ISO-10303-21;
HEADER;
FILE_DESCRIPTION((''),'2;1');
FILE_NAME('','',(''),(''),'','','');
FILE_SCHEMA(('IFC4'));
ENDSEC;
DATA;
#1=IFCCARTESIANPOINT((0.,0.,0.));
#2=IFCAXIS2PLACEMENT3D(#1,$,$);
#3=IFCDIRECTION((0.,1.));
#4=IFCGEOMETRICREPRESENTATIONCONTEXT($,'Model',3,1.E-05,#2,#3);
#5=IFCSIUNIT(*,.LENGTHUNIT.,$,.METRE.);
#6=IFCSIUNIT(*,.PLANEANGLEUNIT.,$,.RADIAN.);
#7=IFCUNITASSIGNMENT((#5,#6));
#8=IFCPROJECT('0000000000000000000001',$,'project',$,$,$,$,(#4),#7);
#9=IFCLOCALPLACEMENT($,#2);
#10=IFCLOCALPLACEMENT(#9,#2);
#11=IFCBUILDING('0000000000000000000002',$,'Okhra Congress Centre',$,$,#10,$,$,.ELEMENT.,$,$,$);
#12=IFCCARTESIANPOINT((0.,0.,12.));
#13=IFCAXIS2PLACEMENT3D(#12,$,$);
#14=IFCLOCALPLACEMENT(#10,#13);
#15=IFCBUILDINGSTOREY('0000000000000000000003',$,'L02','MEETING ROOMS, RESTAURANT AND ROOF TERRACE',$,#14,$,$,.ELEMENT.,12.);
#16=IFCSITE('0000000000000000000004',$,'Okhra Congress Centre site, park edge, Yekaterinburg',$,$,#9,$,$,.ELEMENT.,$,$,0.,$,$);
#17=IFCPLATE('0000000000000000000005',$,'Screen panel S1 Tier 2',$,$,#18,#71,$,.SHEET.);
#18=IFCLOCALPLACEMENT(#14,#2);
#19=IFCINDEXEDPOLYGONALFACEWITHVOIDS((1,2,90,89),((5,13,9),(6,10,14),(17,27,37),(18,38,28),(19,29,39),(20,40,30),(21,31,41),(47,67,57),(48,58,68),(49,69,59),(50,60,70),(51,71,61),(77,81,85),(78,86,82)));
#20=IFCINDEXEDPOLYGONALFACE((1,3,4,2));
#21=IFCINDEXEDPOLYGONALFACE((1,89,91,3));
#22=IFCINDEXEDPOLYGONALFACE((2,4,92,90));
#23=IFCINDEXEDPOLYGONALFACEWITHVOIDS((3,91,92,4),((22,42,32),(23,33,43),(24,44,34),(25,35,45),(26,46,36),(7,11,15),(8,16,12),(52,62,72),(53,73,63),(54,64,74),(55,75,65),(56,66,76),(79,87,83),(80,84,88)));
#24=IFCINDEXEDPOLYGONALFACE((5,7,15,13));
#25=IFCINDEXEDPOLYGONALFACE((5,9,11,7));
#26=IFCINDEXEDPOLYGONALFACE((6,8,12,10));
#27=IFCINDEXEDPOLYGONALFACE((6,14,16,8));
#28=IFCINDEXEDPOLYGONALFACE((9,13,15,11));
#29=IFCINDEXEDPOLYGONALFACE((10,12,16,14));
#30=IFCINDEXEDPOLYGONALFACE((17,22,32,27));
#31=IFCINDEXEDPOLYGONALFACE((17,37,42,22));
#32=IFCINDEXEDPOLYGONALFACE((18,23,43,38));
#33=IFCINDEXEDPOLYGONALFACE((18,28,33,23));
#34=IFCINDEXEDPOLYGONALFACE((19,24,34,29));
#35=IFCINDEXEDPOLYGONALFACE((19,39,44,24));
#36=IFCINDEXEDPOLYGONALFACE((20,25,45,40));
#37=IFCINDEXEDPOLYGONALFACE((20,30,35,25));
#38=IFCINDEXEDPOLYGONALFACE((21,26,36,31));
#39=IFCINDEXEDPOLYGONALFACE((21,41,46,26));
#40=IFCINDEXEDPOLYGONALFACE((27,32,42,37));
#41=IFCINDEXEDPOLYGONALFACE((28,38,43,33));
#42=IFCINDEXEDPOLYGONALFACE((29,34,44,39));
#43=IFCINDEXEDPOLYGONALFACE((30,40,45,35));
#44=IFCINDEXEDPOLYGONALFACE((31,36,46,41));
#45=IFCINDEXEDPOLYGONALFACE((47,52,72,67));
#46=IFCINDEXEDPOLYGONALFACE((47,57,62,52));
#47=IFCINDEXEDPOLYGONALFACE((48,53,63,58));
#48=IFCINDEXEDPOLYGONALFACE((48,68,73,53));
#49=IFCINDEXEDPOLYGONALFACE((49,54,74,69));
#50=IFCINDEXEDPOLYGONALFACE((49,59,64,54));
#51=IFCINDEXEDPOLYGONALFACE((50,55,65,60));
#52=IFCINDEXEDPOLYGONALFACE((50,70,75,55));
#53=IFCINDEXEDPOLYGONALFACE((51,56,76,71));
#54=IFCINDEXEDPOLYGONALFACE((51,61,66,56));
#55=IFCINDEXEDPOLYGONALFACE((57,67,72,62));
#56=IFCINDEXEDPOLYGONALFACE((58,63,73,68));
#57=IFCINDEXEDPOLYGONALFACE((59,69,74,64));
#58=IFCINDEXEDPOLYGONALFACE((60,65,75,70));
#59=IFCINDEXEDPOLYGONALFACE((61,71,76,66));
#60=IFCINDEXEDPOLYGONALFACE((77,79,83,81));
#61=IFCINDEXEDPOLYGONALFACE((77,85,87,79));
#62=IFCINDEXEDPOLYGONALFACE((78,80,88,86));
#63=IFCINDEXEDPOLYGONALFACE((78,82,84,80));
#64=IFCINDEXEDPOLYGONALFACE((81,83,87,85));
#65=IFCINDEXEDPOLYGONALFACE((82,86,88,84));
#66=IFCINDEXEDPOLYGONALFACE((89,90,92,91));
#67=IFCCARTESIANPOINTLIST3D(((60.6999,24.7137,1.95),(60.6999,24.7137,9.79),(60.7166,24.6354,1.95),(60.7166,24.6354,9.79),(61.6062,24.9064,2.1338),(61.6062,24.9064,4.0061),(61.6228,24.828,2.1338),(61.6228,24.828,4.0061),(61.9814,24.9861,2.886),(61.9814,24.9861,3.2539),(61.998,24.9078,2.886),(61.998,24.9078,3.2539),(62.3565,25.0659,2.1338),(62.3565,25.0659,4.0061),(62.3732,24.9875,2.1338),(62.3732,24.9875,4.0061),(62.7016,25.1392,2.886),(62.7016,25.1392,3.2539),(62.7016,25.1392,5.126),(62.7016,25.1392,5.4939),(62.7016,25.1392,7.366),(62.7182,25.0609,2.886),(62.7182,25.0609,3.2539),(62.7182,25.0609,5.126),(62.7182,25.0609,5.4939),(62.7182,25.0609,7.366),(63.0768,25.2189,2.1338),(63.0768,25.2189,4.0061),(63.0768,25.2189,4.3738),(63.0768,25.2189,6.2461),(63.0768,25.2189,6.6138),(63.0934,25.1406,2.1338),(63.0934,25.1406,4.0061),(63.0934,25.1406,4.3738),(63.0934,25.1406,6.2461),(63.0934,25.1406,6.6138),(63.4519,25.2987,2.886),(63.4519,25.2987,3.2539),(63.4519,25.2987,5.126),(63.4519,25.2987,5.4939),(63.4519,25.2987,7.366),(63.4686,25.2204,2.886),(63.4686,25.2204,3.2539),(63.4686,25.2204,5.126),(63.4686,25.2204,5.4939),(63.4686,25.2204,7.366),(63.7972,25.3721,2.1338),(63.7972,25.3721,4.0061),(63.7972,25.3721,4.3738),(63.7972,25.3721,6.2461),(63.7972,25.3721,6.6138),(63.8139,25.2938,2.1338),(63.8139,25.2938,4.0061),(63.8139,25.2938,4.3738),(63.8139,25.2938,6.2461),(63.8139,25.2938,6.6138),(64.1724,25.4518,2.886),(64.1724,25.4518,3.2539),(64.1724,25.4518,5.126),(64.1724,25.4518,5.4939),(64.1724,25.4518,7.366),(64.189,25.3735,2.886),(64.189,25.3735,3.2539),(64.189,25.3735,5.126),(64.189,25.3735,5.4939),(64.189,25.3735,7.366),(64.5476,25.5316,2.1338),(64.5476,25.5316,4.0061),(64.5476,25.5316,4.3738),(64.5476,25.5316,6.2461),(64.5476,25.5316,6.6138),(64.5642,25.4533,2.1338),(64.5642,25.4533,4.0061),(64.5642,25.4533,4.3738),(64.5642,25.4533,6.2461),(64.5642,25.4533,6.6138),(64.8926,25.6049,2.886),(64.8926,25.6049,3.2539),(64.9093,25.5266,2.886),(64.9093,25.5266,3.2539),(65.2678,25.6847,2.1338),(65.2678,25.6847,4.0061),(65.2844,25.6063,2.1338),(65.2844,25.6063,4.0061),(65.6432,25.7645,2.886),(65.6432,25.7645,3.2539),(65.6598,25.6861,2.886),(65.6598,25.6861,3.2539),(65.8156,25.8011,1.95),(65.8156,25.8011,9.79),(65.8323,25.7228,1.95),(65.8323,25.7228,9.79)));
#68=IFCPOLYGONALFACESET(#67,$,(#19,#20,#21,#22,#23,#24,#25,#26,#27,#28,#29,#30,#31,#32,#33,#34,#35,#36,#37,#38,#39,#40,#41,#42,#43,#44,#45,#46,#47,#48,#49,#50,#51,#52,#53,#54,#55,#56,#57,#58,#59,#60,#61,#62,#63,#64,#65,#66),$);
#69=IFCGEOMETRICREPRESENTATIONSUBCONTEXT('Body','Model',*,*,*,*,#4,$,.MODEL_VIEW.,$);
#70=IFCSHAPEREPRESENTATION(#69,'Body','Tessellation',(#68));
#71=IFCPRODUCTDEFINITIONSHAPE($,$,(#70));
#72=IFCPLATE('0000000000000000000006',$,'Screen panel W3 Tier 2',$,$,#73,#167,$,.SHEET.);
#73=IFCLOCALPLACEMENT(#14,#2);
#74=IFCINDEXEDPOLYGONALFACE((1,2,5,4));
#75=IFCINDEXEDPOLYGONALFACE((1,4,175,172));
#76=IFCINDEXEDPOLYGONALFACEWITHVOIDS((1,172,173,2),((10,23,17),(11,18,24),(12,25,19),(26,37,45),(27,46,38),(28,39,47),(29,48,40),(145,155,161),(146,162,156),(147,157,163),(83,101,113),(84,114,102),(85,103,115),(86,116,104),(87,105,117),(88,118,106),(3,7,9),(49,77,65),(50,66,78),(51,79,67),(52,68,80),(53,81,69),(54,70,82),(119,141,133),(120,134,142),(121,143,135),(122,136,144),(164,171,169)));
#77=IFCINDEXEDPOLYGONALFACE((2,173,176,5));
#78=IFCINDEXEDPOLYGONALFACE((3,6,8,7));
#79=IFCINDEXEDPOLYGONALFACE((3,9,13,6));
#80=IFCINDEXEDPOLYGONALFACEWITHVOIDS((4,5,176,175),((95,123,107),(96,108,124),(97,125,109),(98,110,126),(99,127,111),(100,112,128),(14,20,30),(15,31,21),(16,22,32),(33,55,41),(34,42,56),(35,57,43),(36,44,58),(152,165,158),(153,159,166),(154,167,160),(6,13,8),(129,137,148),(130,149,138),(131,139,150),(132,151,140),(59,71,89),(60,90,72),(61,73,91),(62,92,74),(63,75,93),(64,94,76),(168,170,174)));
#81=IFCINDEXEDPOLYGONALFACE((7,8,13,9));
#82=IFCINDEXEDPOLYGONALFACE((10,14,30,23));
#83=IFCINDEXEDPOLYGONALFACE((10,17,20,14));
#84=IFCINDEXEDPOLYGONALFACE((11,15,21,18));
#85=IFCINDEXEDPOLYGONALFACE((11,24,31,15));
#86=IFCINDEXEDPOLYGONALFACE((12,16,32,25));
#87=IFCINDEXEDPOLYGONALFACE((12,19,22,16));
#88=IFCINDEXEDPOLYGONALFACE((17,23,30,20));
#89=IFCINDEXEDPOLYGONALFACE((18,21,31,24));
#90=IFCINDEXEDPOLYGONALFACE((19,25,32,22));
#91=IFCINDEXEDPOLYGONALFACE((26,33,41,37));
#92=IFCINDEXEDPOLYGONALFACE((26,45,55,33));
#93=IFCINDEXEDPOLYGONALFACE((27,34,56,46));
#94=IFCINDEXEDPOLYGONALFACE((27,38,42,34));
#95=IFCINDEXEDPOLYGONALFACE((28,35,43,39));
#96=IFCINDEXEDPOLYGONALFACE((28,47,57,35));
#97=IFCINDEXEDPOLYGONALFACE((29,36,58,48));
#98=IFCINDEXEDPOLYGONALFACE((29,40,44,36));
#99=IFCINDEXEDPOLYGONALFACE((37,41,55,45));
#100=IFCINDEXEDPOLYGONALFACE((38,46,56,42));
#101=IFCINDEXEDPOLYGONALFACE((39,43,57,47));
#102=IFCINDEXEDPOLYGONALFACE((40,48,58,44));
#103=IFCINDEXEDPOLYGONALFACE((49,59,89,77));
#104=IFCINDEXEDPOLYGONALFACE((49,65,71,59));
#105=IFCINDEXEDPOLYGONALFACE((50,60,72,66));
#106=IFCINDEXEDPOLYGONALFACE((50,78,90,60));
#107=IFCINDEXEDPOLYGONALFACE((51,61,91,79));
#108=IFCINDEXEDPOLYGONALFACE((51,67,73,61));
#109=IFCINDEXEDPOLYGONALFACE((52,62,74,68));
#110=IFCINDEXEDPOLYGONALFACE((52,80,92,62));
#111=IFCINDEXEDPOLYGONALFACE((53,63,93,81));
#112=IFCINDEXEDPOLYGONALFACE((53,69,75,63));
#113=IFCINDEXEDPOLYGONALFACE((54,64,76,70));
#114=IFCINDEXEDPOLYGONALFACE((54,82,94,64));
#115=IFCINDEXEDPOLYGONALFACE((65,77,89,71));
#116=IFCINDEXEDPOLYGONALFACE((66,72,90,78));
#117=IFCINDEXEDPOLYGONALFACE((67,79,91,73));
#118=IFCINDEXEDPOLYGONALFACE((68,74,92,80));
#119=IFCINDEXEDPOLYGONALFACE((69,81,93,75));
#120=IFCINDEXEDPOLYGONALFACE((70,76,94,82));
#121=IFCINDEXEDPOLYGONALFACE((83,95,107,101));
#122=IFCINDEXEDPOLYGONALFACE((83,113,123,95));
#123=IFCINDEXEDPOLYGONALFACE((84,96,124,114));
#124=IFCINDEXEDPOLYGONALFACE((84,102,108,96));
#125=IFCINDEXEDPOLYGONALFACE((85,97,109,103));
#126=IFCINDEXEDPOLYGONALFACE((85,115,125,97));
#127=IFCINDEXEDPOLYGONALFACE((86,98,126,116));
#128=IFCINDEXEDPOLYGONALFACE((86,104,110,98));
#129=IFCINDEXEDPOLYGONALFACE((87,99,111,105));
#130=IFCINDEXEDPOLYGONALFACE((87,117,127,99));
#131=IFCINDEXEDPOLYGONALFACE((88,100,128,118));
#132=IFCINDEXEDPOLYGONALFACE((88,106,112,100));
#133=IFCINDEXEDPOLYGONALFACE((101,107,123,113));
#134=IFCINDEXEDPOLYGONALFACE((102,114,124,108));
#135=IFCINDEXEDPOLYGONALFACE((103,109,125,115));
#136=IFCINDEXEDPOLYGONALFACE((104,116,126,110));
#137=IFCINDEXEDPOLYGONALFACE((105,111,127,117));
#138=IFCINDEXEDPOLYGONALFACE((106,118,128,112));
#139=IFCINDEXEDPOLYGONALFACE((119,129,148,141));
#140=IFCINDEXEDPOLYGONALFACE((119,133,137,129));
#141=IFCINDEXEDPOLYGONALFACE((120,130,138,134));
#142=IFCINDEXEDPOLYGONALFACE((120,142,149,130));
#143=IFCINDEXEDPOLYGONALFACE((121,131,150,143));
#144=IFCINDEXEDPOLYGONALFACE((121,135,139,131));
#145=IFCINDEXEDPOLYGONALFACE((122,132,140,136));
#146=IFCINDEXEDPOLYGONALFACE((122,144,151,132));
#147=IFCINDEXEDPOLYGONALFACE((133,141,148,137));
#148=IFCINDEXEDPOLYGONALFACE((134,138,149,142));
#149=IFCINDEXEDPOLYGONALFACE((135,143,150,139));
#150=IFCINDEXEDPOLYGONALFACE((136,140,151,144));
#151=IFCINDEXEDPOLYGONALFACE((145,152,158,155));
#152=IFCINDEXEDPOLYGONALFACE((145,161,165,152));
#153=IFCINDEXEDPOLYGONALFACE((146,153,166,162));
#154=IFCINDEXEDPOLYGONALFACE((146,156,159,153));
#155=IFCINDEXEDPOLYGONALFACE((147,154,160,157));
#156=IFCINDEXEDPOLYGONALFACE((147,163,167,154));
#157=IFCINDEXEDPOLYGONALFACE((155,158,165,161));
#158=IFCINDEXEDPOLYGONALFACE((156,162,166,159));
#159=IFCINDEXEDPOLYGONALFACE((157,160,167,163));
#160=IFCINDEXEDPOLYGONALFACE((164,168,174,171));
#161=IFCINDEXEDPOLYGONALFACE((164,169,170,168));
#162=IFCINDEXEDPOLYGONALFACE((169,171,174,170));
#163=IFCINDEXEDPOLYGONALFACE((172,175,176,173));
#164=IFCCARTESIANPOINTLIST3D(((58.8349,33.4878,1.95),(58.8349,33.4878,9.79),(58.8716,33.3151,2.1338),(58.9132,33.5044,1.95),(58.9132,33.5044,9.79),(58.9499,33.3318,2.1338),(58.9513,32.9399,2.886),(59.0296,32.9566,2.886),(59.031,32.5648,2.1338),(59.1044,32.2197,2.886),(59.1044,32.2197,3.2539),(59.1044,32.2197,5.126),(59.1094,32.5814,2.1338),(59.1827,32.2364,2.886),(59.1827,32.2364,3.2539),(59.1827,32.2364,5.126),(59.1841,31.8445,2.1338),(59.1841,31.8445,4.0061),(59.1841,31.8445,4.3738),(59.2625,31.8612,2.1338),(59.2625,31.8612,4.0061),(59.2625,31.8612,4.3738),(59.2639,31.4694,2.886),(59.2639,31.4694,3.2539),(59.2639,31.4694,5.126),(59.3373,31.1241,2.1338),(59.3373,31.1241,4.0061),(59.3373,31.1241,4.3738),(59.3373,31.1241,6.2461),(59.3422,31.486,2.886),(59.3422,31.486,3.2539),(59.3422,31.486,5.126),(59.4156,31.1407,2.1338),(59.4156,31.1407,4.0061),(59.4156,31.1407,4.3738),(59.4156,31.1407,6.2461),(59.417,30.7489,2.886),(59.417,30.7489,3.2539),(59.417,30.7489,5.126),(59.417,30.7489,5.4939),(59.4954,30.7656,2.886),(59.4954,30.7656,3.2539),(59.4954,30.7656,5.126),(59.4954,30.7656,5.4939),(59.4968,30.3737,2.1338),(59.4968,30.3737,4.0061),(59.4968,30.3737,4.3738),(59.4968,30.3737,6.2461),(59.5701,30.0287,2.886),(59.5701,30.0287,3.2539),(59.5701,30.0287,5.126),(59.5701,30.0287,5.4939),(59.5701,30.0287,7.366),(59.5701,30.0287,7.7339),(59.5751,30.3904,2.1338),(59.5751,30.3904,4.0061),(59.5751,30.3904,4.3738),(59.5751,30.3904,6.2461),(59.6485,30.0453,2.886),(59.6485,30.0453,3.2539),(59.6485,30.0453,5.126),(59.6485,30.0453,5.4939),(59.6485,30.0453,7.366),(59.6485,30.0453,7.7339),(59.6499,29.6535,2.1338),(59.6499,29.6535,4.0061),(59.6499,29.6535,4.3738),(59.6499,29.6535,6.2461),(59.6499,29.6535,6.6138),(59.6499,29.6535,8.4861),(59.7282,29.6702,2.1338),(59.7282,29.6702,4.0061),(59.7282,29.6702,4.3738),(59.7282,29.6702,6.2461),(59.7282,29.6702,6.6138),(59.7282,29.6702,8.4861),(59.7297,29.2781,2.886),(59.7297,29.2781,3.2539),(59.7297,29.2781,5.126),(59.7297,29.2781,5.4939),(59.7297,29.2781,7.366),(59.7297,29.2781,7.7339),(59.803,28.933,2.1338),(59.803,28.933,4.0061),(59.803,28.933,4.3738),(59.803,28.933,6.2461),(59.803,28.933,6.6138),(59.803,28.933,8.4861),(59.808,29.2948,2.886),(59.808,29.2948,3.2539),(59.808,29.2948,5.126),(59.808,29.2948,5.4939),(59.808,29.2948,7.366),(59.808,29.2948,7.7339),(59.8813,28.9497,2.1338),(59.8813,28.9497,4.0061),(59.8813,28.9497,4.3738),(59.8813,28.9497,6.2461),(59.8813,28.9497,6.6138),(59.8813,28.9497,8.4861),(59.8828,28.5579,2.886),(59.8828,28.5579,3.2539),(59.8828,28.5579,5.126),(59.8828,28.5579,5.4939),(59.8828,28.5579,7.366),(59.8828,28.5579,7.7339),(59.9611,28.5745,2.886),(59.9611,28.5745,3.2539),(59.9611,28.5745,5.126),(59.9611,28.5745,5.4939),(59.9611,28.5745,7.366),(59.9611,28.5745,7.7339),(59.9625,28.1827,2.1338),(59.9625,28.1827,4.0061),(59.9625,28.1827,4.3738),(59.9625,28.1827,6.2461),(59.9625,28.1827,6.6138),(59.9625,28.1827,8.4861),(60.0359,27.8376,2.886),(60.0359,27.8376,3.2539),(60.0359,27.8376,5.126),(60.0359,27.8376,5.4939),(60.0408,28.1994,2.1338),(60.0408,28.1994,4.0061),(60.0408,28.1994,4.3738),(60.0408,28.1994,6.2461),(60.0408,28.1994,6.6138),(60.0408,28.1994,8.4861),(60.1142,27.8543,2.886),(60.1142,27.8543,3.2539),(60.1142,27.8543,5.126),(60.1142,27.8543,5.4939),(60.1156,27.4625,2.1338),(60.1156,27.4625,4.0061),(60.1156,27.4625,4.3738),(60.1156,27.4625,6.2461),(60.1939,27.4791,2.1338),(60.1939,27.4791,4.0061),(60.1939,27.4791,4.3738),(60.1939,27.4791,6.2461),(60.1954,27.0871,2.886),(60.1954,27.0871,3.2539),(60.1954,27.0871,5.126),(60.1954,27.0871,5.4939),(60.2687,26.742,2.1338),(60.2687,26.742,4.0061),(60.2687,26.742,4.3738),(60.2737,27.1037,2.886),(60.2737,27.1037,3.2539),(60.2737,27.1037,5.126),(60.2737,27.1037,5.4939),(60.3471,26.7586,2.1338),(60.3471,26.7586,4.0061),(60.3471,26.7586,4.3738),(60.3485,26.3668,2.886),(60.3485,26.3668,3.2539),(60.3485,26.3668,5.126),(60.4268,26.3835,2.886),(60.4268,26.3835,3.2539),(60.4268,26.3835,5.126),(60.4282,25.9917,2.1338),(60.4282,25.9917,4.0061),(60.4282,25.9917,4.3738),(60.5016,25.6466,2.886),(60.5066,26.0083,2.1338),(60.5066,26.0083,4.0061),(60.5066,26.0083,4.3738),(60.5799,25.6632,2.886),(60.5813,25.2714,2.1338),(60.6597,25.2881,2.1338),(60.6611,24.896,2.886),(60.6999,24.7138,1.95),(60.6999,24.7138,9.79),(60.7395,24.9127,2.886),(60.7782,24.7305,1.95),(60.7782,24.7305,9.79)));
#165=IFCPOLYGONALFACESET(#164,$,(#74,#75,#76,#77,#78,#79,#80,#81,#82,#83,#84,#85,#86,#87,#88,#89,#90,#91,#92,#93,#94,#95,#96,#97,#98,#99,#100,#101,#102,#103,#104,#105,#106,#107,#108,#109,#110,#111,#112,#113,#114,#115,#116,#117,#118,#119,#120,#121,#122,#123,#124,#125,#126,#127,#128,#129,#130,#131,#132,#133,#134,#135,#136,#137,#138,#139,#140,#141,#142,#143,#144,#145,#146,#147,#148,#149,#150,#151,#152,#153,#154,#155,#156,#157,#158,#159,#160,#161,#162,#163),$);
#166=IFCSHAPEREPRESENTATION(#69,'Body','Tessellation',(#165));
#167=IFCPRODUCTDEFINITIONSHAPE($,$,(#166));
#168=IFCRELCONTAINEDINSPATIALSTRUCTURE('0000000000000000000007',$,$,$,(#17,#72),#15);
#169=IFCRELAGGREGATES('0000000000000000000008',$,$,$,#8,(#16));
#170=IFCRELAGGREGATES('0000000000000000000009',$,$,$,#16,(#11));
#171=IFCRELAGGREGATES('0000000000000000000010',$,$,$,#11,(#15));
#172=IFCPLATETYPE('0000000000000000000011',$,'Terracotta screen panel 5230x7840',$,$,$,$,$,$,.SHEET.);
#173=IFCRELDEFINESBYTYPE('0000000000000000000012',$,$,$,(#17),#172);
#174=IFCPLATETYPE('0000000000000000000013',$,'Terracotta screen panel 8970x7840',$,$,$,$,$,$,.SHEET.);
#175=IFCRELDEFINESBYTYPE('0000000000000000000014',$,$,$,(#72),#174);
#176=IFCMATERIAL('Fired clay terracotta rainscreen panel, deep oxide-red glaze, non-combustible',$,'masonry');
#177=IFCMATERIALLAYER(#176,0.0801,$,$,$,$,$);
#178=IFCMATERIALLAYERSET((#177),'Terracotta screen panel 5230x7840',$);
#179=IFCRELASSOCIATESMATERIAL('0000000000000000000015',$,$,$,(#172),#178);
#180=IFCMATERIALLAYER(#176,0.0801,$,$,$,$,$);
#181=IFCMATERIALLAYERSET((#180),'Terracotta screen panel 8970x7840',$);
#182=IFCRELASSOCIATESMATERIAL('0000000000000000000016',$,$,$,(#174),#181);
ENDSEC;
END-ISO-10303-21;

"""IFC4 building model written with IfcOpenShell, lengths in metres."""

from ifc_helpers import new_model, si_unit, direction, frame, origin, place, context, subcontext, project, spatial, polyline, outline, extrude, material, layer, layer_set, type_object, element, save


model = new_model("IFC4")

# Units and contexts
model_context = context("Model", 3, precision=1e-05, world=origin(), true_north=direction((0.0, 1.0)))
body_context = subcontext(model_context, "Body", "Model", "MODEL_VIEW")
ifc_project = project(units=[si_unit("LENGTHUNIT", "METRE"), si_unit("PLANEANGLEUNIT", "RADIAN")], contexts=[model_context])

# Site, building, storey
site_placement = place(None, origin())
site = spatial("IfcSite", under=ifc_project, at=site_placement, Name="Okhra Congress Centre site, park edge, Yekaterinburg", CompositionType="ELEMENT", RefElevation=0.0)
building_placement = place(site_placement, origin())
building = spatial("IfcBuilding", under=site, at=building_placement, Name="Okhra Congress Centre", CompositionType="ELEMENT")
storey_placement = place(building_placement, frame((0.0, 0.0, 12.0)))
storey = spatial("IfcBuildingStorey", under=building, at=storey_placement, Name="L02", Description="MEETING ROOMS, RESTAURANT AND ROOF TERRACE", CompositionType="ELEMENT", Elevation=12.0)

# Plates
ifc_material_1 = material(Name="Fired clay terracotta rainscreen panel, deep oxide-red glaze, non-combustible", Category="masonry")
ifc_layer_1 = layer(ifc_material_1, 0.0801)
ifc_layer_set_1 = layer_set([ifc_layer_1], Name="Terracotta screen panel 5230x7840")
plate_type_1 = type_object("IfcPlateType", Name="Terracotta screen panel 5230x7840", PredefinedType="SHEET", material=ifc_layer_set_1)
plate_1_placement = place(storey_placement, frame((60.7083, 24.6746, 1.95), z_axis=(0.0, 0.0, 1.0), x_axis=(0.978147, 0.207916, 0.0)))
element("IfcPlate", 1, at=plate_1_placement, inside=storey, type_object=plate_type_1, Name="Screen panel S1 Tier 2", PredefinedType="SHEET", context=body_context, shape_type="SweptSolid", body=[
    extrude(outline(polyline([(0.0, 0.0), (5.23, 0.0), (5.23, 7.8401), (0.0, 7.8401), (0.0, 0.0)]), holes=[polyline([(0.9265, 0.1838), (1.6936, 0.1838), (1.3101, 0.936), (0.9265, 0.1838)]), polyline([(2.0464, 0.936), (2.4299, 0.1838), (2.8135, 0.936), (2.0464, 0.936)]), polyline([(3.1665, 0.1838), (3.9336, 0.1838), (3.55, 0.936), (3.1665, 0.1838)]), polyline([(4.2864, 0.936), (4.6699, 0.1838), (5.0537, 0.936), (4.2864, 0.936)]), polyline([(0.9265, 2.0562), (1.3101, 1.304), (1.6936, 2.0562), (0.9265, 2.0562)]), polyline([(2.0464, 1.304), (2.8135, 1.304), (2.4299, 2.0562), (2.0464, 1.304)]), polyline([(3.1665, 2.0562), (3.55, 1.304), (3.9336, 2.0562), (3.1665, 2.0562)]), polyline([(4.2864, 1.304), (5.0537, 1.304), (4.6699, 2.0562), (4.2864, 1.304)]), polyline([(2.0464, 3.176), (2.4299, 2.4238), (2.8135, 3.176), (2.0464, 3.176)]), polyline([(3.1665, 2.4238), (3.9336, 2.4238), (3.55, 3.176), (3.1665, 2.4238)]), polyline([(2.0464, 3.5439), (2.8135, 3.5439), (2.4299, 4.2961), (2.0464, 3.5439)]), polyline([(3.1665, 4.2961), (3.55, 3.5439), (3.9336, 4.2961), (3.1665, 4.2961)]), polyline([(2.0464, 5.416), (2.4299, 4.6638), (2.8135, 5.416), (2.0464, 5.416)]), polyline([(3.1665, 4.6638), (3.9336, 4.6638), (3.55, 5.416), (3.1665, 4.6638)])]), frame((0.0, 0.04, 0.0), z_axis=(0.0, -1.0, 0.0), x_axis=(1.0, 0.0, 0.0)), (0.0, 0.0, 1.0), 0.0801),
])
ifc_layer_2 = layer(ifc_material_1, 0.0801)
ifc_layer_set_2 = layer_set([ifc_layer_2], Name="Terracotta screen panel 8970x7840")
plate_type_2 = type_object("IfcPlateType", Name="Terracotta screen panel 8970x7840", PredefinedType="SHEET", material=ifc_layer_set_2)
plate_2_placement = place(storey_placement, frame((58.874, 33.4961, 1.95), z_axis=(0.0, 0.0, 1.0), x_axis=(0.207915, -0.978147, 0.0)))
element("IfcPlate", 2, at=plate_2_placement, inside=storey, type_object=plate_type_2, Name="Screen panel W3 Tier 2", PredefinedType="SHEET", context=body_context, shape_type="SweptSolid", body=[
    extrude(outline(polyline([(0.0, 0.0), (8.97, 0.0), (8.97, 7.8401), (0.0, 7.8401), (0.0, 0.0)]), holes=[polyline([(0.1765, 0.1838), (0.9436, 0.1838), (0.5601, 0.936), (0.1765, 0.1838)]), polyline([(1.2964, 0.936), (1.6799, 0.1838), (2.0635, 0.936), (1.2964, 0.936)]), polyline([(2.4165, 0.1838), (3.1836, 0.1838), (2.8, 0.936), (2.4165, 0.1838)]), polyline([(3.5364, 0.936), (3.9199, 0.1838), (4.3037, 0.936), (3.5364, 0.936)]), polyline([(4.6565, 0.1838), (5.4236, 0.1838), (5.04, 0.936), (4.6565, 0.1838)]), polyline([(5.7764, 0.936), (6.1599, 0.1838), (6.5437, 0.936), (5.7764, 0.936)]), polyline([(6.8965, 0.1838), (7.6636, 0.1838), (7.28, 0.936), (6.8965, 0.1838)]), polyline([(8.0164, 0.936), (8.3999, 0.1838), (8.7837, 0.936), (8.0164, 0.936)]), polyline([(1.2964, 1.304), (2.0635, 1.304), (1.6799, 2.0562), (1.2964, 1.304)]), polyline([(2.4165, 2.0562), (2.8, 1.304), (3.1836, 2.0562), (2.4165, 2.0562)]), polyline([(3.5364, 1.304), (4.3037, 1.304), (3.9199, 2.0562), (3.5364, 1.304)]), polyline([(4.6565, 2.0562), (5.04, 1.304), (5.4236, 2.0562), (4.6565, 2.0562)]), polyline([(5.7764, 1.304), (6.5437, 1.304), (6.1599, 2.0562), (5.7764, 1.304)]), polyline([(6.8965, 2.0562), (7.28, 1.304), (7.6636, 2.0562), (6.8965, 2.0562)]), polyline([(1.2964, 3.176), (1.6799, 2.4238), (2.0635, 3.176), (1.2964, 3.176)]), polyline([(2.4165, 2.4238), (3.1836, 2.4238), (2.8, 3.176), (2.4165, 2.4238)]), polyline([(3.5364, 3.176), (3.9199, 2.4238), (4.3037, 3.176), (3.5364, 3.176)]), polyline([(4.6565, 2.4238), (5.4236, 2.4238), (5.04, 3.176), (4.6565, 2.4238)]), polyline([(5.7764, 3.176), (6.1599, 2.4238), (6.5437, 3.176), (5.7764, 3.176)]), polyline([(6.8965, 2.4238), (7.6636, 2.4238), (7.28, 3.176), (6.8965, 2.4238)]), polyline([(2.4165, 4.2961), (2.8, 3.5439), (3.1836, 4.2961), (2.4165, 4.2961)]), polyline([(3.5364, 3.5439), (4.3037, 3.5439), (3.9199, 4.2961), (3.5364, 3.5439)]), polyline([(4.6565, 4.2961), (5.04, 3.5439), (5.4236, 4.2961), (4.6565, 4.2961)]), polyline([(5.7764, 3.5439), (6.5437, 3.5439), (6.1599, 4.2961), (5.7764, 3.5439)]), polyline([(3.5364, 5.416), (3.9199, 4.6638), (4.3037, 5.416), (3.5364, 5.416)]), polyline([(4.6565, 4.6638), (5.4236, 4.6638), (5.04, 5.416), (4.6565, 4.6638)]), polyline([(3.5364, 5.7839), (4.3037, 5.7839), (3.9199, 6.5361), (3.5364, 5.7839)]), polyline([(4.6565, 6.5361), (5.04, 5.7839), (5.4236, 6.5361), (4.6565, 6.5361)])]), frame((0.0, 0.04, 0.0), z_axis=(0.0, -1.0, 0.0), x_axis=(1.0, 0.0, 0.0)), (0.0, 0.0, 1.0), 0.0801),
])

save(model, "model.ifc")
